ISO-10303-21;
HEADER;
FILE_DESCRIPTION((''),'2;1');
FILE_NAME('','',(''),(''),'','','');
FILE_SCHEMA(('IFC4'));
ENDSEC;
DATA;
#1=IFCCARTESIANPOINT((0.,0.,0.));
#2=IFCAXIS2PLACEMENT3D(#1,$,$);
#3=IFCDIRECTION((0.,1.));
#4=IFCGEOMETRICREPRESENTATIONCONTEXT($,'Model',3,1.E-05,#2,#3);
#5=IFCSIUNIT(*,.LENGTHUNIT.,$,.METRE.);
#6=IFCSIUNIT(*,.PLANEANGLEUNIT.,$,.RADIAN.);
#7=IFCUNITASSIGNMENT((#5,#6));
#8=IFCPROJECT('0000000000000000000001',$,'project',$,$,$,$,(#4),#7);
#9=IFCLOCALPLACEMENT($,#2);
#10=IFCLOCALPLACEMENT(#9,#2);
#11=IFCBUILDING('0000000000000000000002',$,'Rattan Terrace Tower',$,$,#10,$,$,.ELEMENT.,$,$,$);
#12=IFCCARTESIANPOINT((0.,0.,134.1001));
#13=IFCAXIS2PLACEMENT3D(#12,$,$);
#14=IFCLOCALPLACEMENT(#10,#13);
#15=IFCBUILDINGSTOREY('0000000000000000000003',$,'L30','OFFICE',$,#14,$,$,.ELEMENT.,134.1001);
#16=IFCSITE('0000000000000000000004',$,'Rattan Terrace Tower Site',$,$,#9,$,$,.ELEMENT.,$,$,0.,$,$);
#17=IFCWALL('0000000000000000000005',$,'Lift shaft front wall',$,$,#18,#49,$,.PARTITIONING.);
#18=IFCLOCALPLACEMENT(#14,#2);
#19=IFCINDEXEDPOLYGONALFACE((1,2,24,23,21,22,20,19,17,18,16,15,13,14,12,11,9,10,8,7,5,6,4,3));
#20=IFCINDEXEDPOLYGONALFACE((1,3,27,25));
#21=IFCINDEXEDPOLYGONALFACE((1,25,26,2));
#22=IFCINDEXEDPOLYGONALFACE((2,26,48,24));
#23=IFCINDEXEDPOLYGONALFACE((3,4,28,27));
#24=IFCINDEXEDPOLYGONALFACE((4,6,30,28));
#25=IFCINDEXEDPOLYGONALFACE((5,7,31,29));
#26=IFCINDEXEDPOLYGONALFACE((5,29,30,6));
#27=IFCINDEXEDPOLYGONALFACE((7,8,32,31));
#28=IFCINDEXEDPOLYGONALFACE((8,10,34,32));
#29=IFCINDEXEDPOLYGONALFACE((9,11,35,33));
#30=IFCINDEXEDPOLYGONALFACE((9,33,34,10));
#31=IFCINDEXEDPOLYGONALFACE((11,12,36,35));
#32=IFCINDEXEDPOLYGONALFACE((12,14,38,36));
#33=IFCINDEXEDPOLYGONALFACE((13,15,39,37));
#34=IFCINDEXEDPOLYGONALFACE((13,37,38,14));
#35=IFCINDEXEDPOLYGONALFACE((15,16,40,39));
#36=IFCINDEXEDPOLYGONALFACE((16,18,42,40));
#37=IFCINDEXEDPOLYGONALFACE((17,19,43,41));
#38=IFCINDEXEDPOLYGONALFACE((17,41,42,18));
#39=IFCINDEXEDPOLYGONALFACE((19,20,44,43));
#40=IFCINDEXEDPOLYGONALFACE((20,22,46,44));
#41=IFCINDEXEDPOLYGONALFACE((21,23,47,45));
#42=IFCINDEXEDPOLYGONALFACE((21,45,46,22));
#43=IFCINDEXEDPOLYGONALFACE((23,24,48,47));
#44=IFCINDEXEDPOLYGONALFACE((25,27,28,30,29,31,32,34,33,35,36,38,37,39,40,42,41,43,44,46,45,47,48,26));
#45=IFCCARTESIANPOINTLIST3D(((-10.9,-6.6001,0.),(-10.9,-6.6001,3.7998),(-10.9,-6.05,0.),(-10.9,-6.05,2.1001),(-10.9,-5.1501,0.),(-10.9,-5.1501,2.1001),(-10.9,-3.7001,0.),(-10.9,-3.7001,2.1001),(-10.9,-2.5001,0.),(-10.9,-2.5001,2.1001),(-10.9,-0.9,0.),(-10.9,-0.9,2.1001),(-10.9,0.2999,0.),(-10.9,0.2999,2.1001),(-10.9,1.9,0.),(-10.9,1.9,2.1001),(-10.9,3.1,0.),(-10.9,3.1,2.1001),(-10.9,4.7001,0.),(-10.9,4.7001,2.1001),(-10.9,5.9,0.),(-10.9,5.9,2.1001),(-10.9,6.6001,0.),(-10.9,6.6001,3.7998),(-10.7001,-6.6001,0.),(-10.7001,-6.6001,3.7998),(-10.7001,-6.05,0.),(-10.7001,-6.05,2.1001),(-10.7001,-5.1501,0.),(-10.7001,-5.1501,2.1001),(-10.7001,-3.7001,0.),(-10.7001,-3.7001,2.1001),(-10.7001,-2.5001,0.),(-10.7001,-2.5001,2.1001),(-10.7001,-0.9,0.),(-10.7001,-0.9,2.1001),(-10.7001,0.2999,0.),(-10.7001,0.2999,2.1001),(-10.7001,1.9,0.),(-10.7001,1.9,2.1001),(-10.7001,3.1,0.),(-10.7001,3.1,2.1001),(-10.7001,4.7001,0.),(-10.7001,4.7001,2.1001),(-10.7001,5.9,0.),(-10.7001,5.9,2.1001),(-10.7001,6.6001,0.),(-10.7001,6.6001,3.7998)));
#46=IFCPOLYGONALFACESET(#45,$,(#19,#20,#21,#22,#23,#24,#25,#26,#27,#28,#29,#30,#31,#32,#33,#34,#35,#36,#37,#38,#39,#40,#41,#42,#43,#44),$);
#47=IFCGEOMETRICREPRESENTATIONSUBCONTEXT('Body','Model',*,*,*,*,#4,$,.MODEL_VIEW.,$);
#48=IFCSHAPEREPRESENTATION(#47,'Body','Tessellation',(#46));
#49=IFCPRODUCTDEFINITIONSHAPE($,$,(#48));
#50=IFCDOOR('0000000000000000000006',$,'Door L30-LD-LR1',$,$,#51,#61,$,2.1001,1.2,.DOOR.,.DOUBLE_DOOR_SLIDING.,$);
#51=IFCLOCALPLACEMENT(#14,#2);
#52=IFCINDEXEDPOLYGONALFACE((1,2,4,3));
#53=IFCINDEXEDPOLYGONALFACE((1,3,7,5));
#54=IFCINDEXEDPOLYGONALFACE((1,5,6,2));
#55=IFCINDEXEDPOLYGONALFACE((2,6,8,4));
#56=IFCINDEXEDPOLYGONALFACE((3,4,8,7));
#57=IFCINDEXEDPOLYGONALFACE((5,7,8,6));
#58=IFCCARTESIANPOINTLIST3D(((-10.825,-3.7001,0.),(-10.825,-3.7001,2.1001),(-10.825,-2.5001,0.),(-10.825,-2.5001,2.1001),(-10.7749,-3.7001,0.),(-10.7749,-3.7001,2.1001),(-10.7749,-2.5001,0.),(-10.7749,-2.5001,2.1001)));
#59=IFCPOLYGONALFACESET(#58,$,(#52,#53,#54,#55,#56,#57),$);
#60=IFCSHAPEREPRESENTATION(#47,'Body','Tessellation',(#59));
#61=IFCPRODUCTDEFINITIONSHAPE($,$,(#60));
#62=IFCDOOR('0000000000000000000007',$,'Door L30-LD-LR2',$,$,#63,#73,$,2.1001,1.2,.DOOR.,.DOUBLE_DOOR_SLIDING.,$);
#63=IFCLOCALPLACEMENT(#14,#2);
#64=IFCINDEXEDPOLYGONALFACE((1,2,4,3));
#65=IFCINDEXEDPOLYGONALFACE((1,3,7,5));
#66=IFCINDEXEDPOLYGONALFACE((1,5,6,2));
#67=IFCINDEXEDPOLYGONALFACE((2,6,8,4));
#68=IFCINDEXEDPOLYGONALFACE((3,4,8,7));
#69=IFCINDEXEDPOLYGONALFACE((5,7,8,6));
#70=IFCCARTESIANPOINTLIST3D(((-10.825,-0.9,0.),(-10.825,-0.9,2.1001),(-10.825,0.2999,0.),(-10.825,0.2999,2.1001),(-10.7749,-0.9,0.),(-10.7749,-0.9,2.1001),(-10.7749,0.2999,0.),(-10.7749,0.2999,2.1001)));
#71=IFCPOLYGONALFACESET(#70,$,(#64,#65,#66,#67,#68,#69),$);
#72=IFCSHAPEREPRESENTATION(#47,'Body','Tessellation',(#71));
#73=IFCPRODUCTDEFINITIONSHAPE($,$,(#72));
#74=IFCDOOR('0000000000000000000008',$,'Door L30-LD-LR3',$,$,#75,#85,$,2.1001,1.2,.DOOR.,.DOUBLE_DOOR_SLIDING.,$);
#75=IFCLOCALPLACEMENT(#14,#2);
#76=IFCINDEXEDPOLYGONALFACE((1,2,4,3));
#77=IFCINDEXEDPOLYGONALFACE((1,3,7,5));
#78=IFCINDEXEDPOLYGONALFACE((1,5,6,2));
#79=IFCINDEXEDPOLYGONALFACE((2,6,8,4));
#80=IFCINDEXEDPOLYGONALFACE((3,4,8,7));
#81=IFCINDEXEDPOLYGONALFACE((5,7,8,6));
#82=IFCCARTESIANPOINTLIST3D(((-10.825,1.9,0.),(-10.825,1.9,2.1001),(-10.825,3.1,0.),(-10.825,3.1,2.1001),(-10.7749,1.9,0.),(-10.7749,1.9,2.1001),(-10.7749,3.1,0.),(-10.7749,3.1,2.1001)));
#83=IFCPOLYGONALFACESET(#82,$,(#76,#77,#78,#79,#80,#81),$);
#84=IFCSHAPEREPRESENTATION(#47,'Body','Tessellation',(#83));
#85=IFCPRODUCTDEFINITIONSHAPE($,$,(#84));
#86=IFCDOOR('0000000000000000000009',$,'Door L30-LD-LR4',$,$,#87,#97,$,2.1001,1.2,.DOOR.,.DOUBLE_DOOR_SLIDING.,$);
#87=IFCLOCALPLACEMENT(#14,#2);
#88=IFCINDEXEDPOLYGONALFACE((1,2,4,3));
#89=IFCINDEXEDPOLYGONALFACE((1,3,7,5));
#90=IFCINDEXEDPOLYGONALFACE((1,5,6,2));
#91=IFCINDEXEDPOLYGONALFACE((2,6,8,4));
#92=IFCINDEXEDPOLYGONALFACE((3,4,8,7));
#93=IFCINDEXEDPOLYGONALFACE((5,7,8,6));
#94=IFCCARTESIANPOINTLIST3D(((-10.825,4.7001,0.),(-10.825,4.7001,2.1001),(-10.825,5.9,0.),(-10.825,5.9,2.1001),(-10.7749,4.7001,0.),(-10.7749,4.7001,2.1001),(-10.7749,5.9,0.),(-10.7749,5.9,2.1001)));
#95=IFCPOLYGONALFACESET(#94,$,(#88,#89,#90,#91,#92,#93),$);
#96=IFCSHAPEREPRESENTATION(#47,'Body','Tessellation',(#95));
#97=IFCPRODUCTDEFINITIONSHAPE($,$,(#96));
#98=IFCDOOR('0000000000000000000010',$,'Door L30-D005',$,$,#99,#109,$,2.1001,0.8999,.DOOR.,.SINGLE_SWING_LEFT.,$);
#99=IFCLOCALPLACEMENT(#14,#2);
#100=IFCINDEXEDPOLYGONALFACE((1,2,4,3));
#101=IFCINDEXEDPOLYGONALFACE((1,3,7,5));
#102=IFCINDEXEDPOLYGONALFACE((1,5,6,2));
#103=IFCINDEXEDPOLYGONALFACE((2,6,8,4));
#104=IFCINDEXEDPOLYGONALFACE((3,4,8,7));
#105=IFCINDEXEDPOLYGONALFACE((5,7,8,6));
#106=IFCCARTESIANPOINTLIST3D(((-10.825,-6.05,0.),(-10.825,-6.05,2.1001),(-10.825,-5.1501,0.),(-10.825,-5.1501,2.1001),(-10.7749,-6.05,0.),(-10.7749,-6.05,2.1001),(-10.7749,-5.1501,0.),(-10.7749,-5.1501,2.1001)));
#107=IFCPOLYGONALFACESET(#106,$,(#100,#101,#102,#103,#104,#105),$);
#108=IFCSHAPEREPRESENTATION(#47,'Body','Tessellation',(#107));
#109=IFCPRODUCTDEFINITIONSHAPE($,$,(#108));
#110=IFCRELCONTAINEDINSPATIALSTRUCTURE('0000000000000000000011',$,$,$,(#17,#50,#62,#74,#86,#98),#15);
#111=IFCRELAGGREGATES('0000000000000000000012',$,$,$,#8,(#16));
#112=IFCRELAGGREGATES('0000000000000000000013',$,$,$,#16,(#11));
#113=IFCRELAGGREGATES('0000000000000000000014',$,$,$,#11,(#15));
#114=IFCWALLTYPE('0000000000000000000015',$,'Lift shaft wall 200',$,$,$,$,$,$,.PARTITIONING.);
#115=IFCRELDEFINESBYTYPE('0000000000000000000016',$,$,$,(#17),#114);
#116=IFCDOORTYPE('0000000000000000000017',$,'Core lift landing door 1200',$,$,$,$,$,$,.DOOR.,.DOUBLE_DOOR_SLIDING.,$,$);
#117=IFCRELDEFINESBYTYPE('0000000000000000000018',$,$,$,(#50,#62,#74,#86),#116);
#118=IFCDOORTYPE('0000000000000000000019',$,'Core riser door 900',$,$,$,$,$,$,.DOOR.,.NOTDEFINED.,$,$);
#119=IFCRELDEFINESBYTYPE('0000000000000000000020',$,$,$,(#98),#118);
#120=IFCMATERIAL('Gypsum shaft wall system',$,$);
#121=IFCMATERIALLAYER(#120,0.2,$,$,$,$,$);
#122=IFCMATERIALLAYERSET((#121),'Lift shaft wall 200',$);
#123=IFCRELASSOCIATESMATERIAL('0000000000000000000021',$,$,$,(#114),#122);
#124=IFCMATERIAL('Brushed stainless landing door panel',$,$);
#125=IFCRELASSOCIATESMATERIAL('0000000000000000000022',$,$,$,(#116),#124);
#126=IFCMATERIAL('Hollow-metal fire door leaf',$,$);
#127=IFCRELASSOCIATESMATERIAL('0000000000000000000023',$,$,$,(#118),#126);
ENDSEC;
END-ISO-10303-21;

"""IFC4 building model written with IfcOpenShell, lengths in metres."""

from ifc_helpers import new_model, si_unit, direction, frame, frame_2d, origin, place, context, subcontext, project, spatial, rectangle, extrude, material, layer, layer_set, type_object, element, fill, save


model = new_model("IFC4")

# Units and contexts
model_context = context("Model", 3, precision=1e-05, world=origin(), true_north=direction((0.0, 1.0)))
body_context = subcontext(model_context, "Body", "Model", "MODEL_VIEW")
ifc_project = project(units=[si_unit("LENGTHUNIT", "METRE"), si_unit("PLANEANGLEUNIT", "RADIAN")], contexts=[model_context])

# Site, building, storey
site_placement = place(None, origin())
site = spatial("IfcSite", under=ifc_project, at=site_placement, Name="Rattan Terrace Tower Site", CompositionType="ELEMENT", RefElevation=0.0)
building_placement = place(site_placement, origin())
building = spatial("IfcBuilding", under=site, at=building_placement, Name="Rattan Terrace Tower", CompositionType="ELEMENT")
storey_placement = place(building_placement, frame((0.0, 0.0, 134.1001)))
storey = spatial("IfcBuildingStorey", under=building, at=storey_placement, Name="L30", Description="OFFICE", CompositionType="ELEMENT", Elevation=134.1001)

# Wall, openings, doors
ifc_material_1 = material(Name="Gypsum shaft wall system")
ifc_layer_1 = layer(ifc_material_1, 0.2)
ifc_layer_set_1 = layer_set([ifc_layer_1], Name="Lift shaft wall 200")
wall_type_1 = type_object("IfcWallType", Name="Lift shaft wall 200", PredefinedType="PARTITIONING", material=ifc_layer_set_1)
wall_1_placement = place(storey_placement, frame((-10.8, -6.6001, 0.0), z_axis=(0.0, 0.0, 1.0), x_axis=(0.0, 1.0, 0.0)))
wall_1 = element("IfcWall", 1, at=wall_1_placement, inside=storey, type_object=wall_type_1, Name="Lift shaft front wall", PredefinedType="PARTITIONING", context=body_context, shape_type="SweptSolid", body=[
    extrude(rectangle(XDim=13.2002, YDim=0.2, at=frame_2d((6.6001, 0.0))), origin(), (0.0, 0.0, 1.0), 3.7998),
])
opening_1_placement = place(wall_1_placement, frame((0.55, 0.0, 0.0)))
opening_1 = element("IfcOpeningElement", 2, at=opening_1_placement, cuts=wall_1, PredefinedType="OPENING", context=body_context, shape_type="SweptSolid", body=[
    extrude(rectangle(XDim=0.8999, YDim=2.1001, at=frame_2d((0.45, 1.05))), frame((0.0, 0.1106, 0.0), z_axis=(0.0, -1.0, 0.0), x_axis=(1.0, 0.0, 0.0)), (0.0, 0.0, 1.0), 0.2209),
])
opening_2_placement = place(wall_1_placement, frame((2.8999, 0.0, 0.0)))
opening_2 = element("IfcOpeningElement", 3, at=opening_2_placement, cuts=wall_1, PredefinedType="OPENING", context=body_context, shape_type="SweptSolid", body=[
    extrude(rectangle(XDim=1.2, YDim=2.1001, at=frame_2d((0.6001, 1.05))), frame((0.0, 0.1106, 0.0), z_axis=(0.0, -1.0, 0.0), x_axis=(1.0, 0.0, 0.0)), (0.0, 0.0, 1.0), 0.2209),
])
opening_3_placement = place(wall_1_placement, frame((5.7, 0.0, 0.0)))
opening_3 = element("IfcOpeningElement", 4, at=opening_3_placement, cuts=wall_1, PredefinedType="OPENING", context=body_context, shape_type="SweptSolid", body=[
    extrude(rectangle(XDim=1.2, YDim=2.1001, at=frame_2d((0.6001, 1.05))), frame((0.0, 0.1106, 0.0), z_axis=(0.0, -1.0, 0.0), x_axis=(1.0, 0.0, 0.0)), (0.0, 0.0, 1.0), 0.2209),
])
opening_4_placement = place(wall_1_placement, frame((8.5, 0.0, 0.0)))
opening_4 = element("IfcOpeningElement", 5, at=opening_4_placement, cuts=wall_1, PredefinedType="OPENING", context=body_context, shape_type="SweptSolid", body=[
    extrude(rectangle(XDim=1.2, YDim=2.1001, at=frame_2d((0.6001, 1.05))), frame((0.0, 0.1106, 0.0), z_axis=(0.0, -1.0, 0.0), x_axis=(1.0, 0.0, 0.0)), (0.0, 0.0, 1.0), 0.2209),
])
opening_5_placement = place(wall_1_placement, frame((11.3, 0.0, 0.0)))
opening_5 = element("IfcOpeningElement", 6, at=opening_5_placement, cuts=wall_1, PredefinedType="OPENING", context=body_context, shape_type="SweptSolid", body=[
    extrude(rectangle(XDim=1.2, YDim=2.1001, at=frame_2d((0.6001, 1.05))), frame((0.0, 0.1106, 0.0), z_axis=(0.0, -1.0, 0.0), x_axis=(1.0, 0.0, 0.0)), (0.0, 0.0, 1.0), 0.2209),
])
ifc_material_2 = material(Name="Brushed stainless landing door panel")
door_type_1 = type_object("IfcDoorType", Name="Core lift landing door 1200", OperationType="DOUBLE_DOOR_SLIDING", PredefinedType="DOOR", material=ifc_material_2)
door_1_placement = place(opening_2_placement, origin())
door_1 = element("IfcDoor", 7, at=door_1_placement, inside=storey, type_object=door_type_1, Name="Door L30-LD-LR1", OperationType="DOUBLE_DOOR_SLIDING", OverallHeight=2.1001, OverallWidth=1.2, PredefinedType="DOOR", context=body_context, shape_type="SweptSolid", body=[
    extrude(rectangle(XDim=1.2, YDim=2.1001, at=frame_2d((0.6001, 1.05))), frame((0.0, 0.0249, 0.0), z_axis=(0.0, -1.0, 0.0), x_axis=(1.0, 0.0, 0.0)), (0.0, 0.0, 1.0), 0.05),
])
fill(opening_2, door_1)
door_2_placement = place(opening_3_placement, origin())
door_2 = element("IfcDoor", 8, at=door_2_placement, inside=storey, type_object=door_type_1, Name="Door L30-LD-LR2", OperationType="DOUBLE_DOOR_SLIDING", OverallHeight=2.1001, OverallWidth=1.2, PredefinedType="DOOR", context=body_context, shape_type="SweptSolid", body=[
    extrude(rectangle(XDim=1.2, YDim=2.1001, at=frame_2d((0.6001, 1.05))), frame((0.0, 0.0249, 0.0), z_axis=(0.0, -1.0, 0.0), x_axis=(1.0, 0.0, 0.0)), (0.0, 0.0, 1.0), 0.05),
])
fill(opening_3, door_2)
door_3_placement = place(opening_4_placement, origin())
door_3 = element("IfcDoor", 9, at=door_3_placement, inside=storey, type_object=door_type_1, Name="Door L30-LD-LR3", OperationType="DOUBLE_DOOR_SLIDING", OverallHeight=2.1001, OverallWidth=1.2, PredefinedType="DOOR", context=body_context, shape_type="SweptSolid", body=[
    extrude(rectangle(XDim=1.2, YDim=2.1001, at=frame_2d((0.6001, 1.05))), frame((0.0, 0.0249, 0.0), z_axis=(0.0, -1.0, 0.0), x_axis=(1.0, 0.0, 0.0)), (0.0, 0.0, 1.0), 0.05),
])
fill(opening_4, door_3)
door_4_placement = place(opening_5_placement, origin())
door_4 = element("IfcDoor", 10, at=door_4_placement, inside=storey, type_object=door_type_1, Name="Door L30-LD-LR4", OperationType="DOUBLE_DOOR_SLIDING", OverallHeight=2.1001, OverallWidth=1.2, PredefinedType="DOOR", context=body_context, shape_type="SweptSolid", body=[
    extrude(rectangle(XDim=1.2, YDim=2.1001, at=frame_2d((0.6001, 1.05))), frame((0.0, 0.0249, 0.0), z_axis=(0.0, -1.0, 0.0), x_axis=(1.0, 0.0, 0.0)), (0.0, 0.0, 1.0), 0.05),
])
fill(opening_5, door_4)
ifc_material_3 = material(Name="Hollow-metal fire door leaf")
door_type_2 = type_object("IfcDoorType", Name="Core riser door 900", OperationType="NOTDEFINED", PredefinedType="DOOR", material=ifc_material_3)
door_5_placement = place(opening_1_placement, origin())
door_5 = element("IfcDoor", 11, at=door_5_placement, inside=storey, type_object=door_type_2, Name="Door L30-D005", OperationType="SINGLE_SWING_LEFT", OverallHeight=2.1001, OverallWidth=0.8999, PredefinedType="DOOR", context=body_context, shape_type="SweptSolid", body=[
    extrude(rectangle(XDim=0.8999, YDim=2.1001, at=frame_2d((0.45, 1.05))), frame((0.0, 0.0249, 0.0), z_axis=(0.0, -1.0, 0.0), x_axis=(1.0, 0.0, 0.0)), (0.0, 0.0, 1.0), 0.05),
])
fill(opening_1, door_5)

save(model, "model.ifc")
